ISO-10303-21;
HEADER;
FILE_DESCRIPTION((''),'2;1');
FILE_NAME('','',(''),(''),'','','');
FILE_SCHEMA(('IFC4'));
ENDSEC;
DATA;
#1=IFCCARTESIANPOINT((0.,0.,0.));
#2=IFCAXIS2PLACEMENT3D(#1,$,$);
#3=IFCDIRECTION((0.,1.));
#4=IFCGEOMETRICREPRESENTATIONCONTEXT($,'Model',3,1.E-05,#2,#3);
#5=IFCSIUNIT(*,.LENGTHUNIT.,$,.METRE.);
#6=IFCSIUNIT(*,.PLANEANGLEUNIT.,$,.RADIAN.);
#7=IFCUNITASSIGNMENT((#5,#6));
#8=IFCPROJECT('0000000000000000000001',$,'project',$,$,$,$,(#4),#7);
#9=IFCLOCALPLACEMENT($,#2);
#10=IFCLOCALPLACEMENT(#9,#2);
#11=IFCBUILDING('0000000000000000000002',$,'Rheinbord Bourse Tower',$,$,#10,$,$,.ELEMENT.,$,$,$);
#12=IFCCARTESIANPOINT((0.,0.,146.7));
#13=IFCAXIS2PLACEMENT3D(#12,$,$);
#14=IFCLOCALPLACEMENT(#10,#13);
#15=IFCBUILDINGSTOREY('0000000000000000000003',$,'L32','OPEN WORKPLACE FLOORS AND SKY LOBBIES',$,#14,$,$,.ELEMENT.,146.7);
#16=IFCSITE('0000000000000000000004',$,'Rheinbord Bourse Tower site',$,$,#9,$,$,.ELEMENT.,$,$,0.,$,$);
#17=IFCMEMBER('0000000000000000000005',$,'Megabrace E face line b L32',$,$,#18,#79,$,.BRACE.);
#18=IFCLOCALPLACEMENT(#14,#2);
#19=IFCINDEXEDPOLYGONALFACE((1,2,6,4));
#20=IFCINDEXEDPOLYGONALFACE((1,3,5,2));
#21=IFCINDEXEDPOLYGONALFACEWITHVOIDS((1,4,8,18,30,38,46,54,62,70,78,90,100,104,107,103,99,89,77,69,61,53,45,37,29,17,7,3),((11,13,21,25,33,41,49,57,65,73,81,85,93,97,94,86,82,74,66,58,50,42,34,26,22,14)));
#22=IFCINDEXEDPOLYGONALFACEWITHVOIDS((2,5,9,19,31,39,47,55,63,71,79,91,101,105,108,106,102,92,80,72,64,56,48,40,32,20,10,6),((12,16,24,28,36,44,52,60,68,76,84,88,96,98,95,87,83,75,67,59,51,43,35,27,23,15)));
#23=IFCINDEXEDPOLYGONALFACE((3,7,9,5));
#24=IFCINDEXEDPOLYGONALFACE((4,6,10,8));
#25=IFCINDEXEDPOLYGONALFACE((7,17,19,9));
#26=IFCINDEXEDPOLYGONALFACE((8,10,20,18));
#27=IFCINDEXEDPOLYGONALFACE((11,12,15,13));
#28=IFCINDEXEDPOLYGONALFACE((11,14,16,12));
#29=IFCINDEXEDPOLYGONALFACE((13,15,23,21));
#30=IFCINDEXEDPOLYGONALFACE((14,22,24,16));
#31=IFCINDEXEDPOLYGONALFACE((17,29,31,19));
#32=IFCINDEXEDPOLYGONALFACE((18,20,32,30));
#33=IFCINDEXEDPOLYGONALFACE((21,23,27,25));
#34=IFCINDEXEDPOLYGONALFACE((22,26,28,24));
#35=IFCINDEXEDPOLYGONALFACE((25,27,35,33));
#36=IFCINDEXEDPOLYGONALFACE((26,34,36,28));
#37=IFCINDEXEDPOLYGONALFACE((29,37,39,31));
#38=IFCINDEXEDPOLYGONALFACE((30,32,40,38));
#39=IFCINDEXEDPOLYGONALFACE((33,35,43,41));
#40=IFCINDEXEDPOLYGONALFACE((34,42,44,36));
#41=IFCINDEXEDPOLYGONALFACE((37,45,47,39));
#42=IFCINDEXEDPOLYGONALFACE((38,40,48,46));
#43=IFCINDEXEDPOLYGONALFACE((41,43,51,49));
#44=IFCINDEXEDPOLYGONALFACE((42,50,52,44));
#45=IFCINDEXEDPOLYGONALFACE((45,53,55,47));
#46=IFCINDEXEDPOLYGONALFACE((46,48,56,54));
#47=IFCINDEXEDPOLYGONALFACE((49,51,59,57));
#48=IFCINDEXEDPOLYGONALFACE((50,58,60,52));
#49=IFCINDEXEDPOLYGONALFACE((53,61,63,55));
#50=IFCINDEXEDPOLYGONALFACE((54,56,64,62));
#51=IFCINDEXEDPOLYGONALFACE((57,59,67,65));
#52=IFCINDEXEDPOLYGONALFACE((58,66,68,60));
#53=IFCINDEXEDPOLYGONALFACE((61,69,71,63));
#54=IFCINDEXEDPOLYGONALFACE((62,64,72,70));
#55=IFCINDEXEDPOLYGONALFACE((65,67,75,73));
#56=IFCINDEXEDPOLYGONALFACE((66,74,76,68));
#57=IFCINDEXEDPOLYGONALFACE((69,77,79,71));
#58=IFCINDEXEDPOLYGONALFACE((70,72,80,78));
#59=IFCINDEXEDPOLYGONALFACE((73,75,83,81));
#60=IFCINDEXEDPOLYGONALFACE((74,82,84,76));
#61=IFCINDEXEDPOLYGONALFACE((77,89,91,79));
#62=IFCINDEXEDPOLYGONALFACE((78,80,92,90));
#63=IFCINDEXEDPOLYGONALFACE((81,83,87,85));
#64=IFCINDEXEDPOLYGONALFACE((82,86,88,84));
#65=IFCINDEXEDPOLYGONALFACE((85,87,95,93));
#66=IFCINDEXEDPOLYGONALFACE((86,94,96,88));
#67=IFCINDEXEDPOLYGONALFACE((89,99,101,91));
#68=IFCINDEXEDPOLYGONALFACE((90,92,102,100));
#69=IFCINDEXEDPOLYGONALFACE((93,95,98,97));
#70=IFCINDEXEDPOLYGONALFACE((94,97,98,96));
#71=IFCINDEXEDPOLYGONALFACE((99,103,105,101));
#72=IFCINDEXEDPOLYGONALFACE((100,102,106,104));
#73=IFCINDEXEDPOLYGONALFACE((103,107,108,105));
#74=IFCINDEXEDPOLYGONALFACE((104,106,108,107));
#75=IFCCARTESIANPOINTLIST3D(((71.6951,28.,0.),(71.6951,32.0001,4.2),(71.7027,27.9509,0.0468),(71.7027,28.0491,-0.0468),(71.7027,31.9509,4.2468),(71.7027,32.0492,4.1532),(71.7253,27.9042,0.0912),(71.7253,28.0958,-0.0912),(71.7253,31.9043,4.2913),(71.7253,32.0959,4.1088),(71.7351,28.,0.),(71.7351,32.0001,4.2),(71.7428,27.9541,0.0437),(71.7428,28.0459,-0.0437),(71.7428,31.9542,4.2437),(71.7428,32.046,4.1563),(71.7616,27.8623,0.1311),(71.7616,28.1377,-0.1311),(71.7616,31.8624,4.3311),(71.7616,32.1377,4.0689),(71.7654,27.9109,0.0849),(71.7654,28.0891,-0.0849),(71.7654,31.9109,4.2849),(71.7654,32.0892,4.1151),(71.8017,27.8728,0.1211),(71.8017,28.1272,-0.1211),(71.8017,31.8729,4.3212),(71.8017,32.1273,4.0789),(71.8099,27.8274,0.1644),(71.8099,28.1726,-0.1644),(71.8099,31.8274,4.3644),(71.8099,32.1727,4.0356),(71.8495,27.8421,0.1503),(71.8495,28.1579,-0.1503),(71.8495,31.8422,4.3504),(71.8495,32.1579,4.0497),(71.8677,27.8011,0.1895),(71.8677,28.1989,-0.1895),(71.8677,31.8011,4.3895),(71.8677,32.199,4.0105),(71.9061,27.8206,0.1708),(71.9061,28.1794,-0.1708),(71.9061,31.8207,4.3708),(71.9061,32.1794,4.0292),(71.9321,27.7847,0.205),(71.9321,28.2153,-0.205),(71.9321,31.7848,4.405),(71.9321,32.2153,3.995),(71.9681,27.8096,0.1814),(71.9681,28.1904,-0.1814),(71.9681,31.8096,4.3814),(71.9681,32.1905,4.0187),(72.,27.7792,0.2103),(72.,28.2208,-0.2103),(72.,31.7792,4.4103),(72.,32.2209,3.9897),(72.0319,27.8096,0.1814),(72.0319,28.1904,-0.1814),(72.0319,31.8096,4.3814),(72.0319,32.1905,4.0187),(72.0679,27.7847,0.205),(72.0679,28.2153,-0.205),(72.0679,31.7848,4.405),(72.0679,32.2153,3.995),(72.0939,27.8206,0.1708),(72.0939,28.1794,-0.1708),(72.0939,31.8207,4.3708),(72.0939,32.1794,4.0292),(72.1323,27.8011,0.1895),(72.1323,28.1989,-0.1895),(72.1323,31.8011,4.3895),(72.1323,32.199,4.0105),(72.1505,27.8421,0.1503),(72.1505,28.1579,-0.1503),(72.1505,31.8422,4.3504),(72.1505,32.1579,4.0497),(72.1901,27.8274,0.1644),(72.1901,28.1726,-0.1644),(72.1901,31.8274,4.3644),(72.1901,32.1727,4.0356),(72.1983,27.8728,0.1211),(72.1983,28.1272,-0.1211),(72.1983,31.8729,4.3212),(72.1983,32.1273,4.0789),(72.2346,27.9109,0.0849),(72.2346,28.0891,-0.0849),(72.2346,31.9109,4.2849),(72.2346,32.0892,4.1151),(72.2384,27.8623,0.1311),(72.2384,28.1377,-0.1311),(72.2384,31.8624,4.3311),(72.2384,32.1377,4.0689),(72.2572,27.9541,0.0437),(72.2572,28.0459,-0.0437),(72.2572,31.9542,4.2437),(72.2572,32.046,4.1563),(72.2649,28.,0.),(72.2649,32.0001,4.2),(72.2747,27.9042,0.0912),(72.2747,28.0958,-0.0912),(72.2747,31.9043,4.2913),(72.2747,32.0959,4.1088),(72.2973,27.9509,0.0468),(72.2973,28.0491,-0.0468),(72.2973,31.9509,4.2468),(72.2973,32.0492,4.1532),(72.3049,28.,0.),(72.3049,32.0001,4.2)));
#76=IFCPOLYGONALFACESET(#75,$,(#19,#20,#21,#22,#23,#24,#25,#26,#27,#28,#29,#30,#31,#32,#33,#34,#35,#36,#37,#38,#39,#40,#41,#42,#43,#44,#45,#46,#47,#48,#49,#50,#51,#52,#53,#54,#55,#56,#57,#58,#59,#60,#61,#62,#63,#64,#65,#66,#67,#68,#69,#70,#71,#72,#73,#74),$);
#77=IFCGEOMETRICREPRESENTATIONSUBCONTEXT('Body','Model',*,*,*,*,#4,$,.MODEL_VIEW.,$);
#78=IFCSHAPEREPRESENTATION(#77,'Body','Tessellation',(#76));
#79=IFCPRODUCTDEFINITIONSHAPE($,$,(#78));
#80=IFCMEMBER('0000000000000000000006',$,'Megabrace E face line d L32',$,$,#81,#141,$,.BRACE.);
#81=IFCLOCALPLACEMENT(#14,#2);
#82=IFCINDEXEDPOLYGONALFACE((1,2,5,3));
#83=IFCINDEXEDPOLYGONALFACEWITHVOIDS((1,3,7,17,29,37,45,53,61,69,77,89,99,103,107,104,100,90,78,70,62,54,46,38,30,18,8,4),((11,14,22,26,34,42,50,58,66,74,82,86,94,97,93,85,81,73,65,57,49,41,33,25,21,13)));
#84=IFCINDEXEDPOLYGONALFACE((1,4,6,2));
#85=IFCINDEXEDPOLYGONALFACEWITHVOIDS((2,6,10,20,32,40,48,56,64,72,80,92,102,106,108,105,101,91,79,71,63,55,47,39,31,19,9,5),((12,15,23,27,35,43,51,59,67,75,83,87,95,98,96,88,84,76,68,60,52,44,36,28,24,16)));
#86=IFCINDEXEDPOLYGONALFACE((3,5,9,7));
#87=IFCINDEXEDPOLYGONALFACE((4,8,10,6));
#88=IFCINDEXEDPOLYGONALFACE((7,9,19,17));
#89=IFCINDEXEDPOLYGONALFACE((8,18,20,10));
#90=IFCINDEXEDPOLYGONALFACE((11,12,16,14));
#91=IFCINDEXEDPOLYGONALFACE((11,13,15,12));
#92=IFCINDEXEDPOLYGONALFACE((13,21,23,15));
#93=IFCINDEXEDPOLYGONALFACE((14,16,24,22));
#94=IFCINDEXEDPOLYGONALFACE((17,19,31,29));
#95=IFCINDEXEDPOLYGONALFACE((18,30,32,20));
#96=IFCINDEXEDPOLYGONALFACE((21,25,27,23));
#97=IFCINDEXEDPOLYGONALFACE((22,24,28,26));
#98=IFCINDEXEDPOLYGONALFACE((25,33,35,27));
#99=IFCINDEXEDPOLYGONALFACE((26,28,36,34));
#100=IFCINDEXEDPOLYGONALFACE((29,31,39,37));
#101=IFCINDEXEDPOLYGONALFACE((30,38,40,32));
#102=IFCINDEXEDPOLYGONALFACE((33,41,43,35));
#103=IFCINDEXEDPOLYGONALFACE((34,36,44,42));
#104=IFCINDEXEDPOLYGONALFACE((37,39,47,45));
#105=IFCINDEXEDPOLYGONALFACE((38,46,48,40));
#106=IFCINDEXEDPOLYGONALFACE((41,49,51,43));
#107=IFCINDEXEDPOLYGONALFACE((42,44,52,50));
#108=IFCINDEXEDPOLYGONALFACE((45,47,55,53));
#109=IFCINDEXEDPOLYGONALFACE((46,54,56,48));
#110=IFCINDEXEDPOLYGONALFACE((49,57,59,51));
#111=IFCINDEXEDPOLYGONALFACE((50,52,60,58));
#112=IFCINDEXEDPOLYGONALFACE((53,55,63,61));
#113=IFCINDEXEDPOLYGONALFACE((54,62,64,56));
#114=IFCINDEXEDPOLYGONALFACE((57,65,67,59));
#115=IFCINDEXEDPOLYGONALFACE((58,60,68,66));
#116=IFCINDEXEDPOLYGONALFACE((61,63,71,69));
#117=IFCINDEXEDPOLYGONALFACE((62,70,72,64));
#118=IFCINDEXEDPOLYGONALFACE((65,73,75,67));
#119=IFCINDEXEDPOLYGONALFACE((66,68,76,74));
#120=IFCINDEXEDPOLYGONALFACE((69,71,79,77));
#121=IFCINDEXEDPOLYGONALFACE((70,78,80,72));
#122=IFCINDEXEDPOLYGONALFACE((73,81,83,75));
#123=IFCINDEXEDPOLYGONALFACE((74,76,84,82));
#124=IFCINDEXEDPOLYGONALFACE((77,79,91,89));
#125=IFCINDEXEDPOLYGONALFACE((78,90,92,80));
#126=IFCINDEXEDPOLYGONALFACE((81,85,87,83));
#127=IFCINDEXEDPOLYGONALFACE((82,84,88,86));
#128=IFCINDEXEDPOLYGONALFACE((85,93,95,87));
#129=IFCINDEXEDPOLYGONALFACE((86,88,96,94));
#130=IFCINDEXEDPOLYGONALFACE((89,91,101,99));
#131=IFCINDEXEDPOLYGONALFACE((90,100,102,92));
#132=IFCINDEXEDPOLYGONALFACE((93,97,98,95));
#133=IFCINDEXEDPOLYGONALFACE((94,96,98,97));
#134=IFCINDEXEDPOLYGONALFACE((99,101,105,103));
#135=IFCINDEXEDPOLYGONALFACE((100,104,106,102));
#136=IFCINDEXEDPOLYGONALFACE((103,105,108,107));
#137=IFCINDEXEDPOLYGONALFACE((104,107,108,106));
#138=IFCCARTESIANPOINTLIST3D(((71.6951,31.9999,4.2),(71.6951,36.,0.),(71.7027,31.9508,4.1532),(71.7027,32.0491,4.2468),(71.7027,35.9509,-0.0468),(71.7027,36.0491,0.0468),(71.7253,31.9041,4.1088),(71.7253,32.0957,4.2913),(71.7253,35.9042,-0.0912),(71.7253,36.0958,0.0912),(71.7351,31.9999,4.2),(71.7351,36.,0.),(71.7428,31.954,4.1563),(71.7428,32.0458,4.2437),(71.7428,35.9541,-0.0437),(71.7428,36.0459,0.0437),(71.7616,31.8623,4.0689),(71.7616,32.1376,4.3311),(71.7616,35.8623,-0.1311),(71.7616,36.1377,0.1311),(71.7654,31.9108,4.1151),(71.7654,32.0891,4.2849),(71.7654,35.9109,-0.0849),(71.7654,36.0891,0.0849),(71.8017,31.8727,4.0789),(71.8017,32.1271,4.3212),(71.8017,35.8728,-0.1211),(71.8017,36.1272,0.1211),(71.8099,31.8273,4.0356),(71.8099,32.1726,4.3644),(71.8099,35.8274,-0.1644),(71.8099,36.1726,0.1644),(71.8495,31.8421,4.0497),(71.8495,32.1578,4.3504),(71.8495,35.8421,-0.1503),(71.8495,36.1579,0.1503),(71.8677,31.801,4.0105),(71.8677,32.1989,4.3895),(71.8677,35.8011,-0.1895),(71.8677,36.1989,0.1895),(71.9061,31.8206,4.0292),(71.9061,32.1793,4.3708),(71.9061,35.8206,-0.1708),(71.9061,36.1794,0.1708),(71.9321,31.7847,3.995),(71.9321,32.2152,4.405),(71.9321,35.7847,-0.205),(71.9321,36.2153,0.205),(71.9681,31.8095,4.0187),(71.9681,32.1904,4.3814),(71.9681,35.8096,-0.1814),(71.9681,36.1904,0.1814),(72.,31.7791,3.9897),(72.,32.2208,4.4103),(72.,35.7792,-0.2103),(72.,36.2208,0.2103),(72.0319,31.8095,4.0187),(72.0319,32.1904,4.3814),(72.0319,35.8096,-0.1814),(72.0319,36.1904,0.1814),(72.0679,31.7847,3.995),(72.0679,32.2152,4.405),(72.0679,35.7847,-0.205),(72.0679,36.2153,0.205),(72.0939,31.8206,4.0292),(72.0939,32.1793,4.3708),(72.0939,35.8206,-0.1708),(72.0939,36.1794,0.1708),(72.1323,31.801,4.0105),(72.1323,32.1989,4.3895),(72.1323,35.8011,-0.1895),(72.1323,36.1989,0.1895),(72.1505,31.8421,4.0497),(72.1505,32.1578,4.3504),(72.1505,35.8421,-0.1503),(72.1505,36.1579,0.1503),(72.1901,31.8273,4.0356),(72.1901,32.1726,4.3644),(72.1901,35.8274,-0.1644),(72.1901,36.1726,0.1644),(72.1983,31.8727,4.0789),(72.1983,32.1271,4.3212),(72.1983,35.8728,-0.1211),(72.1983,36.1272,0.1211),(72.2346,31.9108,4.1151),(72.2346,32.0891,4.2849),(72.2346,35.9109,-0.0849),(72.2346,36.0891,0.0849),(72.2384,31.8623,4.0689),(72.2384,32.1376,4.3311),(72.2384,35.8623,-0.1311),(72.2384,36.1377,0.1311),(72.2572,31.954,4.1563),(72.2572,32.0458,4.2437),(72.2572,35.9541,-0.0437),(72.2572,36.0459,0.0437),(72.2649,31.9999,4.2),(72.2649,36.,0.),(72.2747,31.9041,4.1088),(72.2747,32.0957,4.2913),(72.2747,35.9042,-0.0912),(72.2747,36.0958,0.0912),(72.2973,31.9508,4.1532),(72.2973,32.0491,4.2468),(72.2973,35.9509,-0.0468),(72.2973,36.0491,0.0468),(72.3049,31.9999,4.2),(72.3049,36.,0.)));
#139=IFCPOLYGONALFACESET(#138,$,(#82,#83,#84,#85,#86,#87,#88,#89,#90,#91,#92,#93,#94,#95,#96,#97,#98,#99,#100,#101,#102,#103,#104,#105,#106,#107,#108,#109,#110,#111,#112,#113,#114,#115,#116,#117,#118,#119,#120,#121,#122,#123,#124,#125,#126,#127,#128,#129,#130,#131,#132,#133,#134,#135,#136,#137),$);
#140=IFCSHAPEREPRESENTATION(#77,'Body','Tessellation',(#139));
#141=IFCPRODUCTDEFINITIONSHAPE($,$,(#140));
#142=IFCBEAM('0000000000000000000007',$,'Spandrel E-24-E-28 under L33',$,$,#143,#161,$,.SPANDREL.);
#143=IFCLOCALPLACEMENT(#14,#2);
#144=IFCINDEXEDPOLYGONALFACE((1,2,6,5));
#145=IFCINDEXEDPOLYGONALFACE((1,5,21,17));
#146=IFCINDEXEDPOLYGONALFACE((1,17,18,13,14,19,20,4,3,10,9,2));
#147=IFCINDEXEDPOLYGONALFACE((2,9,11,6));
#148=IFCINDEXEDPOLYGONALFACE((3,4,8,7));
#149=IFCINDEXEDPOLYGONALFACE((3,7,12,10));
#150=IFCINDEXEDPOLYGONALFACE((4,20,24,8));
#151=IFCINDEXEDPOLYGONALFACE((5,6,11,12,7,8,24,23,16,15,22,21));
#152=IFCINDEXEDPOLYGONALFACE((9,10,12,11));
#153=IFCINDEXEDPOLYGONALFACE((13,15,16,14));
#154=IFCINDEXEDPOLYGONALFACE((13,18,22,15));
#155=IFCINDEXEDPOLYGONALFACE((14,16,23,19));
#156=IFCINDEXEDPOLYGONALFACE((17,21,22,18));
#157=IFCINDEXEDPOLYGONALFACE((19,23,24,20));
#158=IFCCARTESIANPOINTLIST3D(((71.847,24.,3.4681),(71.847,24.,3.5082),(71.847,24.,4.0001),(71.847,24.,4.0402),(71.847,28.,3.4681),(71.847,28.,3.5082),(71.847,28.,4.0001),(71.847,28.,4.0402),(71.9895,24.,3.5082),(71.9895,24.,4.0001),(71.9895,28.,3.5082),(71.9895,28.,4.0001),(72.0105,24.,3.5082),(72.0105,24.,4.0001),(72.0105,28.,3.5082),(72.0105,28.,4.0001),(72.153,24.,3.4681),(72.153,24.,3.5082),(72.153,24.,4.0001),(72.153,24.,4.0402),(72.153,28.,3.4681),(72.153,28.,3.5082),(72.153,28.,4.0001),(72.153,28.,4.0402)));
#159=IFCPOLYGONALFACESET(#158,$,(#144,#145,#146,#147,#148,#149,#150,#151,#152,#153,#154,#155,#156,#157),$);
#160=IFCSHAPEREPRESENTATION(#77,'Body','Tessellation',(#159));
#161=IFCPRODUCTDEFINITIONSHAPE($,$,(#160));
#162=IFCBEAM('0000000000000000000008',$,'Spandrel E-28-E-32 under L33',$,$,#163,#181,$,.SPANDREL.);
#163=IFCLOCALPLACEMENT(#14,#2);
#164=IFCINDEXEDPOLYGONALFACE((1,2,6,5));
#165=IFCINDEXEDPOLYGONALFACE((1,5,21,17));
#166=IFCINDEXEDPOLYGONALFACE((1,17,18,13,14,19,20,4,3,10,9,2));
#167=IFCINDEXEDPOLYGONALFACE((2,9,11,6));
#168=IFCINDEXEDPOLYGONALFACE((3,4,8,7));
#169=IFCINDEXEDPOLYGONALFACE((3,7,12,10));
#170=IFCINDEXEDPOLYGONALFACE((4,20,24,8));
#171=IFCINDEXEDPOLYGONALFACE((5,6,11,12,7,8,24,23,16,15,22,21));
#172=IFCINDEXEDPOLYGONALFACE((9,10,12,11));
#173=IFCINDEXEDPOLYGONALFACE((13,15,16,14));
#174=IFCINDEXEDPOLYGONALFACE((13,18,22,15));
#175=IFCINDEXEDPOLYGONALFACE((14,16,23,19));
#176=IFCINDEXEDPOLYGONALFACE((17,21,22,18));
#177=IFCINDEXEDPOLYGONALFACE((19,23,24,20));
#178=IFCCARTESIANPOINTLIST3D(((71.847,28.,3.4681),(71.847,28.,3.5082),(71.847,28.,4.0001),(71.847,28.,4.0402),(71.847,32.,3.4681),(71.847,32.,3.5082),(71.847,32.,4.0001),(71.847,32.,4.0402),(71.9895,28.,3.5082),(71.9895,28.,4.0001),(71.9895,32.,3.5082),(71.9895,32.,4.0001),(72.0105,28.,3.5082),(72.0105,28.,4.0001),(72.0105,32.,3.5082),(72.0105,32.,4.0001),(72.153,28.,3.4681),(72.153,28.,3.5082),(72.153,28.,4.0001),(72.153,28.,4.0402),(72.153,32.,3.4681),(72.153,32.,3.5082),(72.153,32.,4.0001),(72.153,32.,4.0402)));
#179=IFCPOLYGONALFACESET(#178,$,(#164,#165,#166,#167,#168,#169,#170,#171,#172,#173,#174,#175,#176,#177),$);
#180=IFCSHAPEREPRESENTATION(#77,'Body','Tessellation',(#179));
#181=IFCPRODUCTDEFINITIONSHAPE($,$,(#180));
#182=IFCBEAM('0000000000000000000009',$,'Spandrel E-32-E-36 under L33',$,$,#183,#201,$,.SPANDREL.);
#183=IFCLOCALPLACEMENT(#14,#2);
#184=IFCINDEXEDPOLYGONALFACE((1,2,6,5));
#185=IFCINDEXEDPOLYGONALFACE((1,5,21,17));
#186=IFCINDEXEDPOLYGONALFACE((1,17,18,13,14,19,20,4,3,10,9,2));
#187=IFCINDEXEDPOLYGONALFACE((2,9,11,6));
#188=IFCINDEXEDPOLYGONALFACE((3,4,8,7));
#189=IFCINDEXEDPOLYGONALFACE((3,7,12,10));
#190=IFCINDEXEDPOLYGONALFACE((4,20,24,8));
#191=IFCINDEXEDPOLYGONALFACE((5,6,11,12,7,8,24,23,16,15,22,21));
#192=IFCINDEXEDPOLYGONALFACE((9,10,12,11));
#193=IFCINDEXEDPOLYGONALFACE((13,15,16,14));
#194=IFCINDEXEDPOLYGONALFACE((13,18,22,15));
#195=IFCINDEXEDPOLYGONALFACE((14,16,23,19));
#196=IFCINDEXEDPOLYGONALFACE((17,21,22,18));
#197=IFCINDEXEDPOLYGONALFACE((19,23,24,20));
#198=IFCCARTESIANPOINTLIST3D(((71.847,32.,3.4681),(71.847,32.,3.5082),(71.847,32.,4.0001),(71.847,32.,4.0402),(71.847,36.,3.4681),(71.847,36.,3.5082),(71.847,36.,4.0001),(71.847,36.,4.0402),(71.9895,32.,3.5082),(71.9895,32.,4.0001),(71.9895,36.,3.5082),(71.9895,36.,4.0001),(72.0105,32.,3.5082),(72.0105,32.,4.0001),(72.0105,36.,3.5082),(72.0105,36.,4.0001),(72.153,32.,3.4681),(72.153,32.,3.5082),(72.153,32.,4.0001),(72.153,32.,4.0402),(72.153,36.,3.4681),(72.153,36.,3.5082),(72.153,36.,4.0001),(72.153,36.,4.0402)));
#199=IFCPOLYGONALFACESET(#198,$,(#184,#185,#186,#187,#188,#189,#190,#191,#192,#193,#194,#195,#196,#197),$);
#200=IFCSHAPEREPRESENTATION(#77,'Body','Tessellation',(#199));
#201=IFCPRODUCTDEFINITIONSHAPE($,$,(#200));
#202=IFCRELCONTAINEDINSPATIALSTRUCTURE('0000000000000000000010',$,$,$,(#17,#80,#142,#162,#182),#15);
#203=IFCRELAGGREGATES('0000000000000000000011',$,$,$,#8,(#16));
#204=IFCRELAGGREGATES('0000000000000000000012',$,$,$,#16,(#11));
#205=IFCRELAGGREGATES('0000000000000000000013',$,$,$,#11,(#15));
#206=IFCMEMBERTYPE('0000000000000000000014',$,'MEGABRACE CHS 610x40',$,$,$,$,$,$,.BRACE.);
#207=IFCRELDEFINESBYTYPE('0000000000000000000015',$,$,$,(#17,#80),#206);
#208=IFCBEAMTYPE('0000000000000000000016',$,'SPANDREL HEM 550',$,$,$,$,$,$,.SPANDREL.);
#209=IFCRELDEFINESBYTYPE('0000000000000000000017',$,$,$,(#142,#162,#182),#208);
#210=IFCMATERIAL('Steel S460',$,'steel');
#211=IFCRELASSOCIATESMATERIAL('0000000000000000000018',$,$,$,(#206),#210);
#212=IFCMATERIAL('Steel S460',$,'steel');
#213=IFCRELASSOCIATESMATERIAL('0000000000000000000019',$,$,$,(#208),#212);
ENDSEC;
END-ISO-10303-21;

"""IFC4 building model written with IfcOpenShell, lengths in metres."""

from ifc_helpers import new_model, si_unit, direction, frame, origin, origin_2d, place, context, subcontext, project, spatial, hollow_circle, i_section, extrude, material, material_profile, profile_set, type_object, element, save


model = new_model("IFC4")

# Units and contexts
model_context = context("Model", 3, precision=1e-05, world=origin(), true_north=direction((0.0, 1.0)))
body_context = subcontext(model_context, "Body", "Model", "MODEL_VIEW")
ifc_project = project(units=[si_unit("LENGTHUNIT", "METRE"), si_unit("PLANEANGLEUNIT", "RADIAN")], contexts=[model_context])

# Site, building, storey
site_placement = place(None, origin())
site = spatial("IfcSite", under=ifc_project, at=site_placement, Name="Rheinbord Bourse Tower site", CompositionType="ELEMENT", RefElevation=0.0)
building_placement = place(site_placement, origin())
building = spatial("IfcBuilding", under=site, at=building_placement, Name="Rheinbord Bourse Tower", CompositionType="ELEMENT")
storey_placement = place(building_placement, frame((0.0, 0.0, 146.7)))
storey = spatial("IfcBuildingStorey", under=building, at=storey_placement, Name="L32", Description="OPEN WORKPLACE FLOORS AND SKY LOBBIES", CompositionType="ELEMENT", Elevation=146.7)

# Members
ifc_material_1 = material(Name="Steel S460", Category="steel")
ifc_material_profile_1 = material_profile(ifc_material_1, hollow_circle(Radius=0.3049, WallThickness=0.04, at=origin_2d()), Name="CHS 610x40")
ifc_profile_set_1 = profile_set([ifc_material_profile_1], Name="Steel S460")
member_type_1 = type_object("IfcMemberType", Name="MEGABRACE CHS 610x40", PredefinedType="BRACE", material=ifc_profile_set_1)
for number, where, z_axis, x_axis, name in (
    (1, (72.0, 28.0, 0.0), (0.0, 0.689659, 0.724134), (-1.0, 0.0, 0.0), "Megabrace E face line b L32"),
    (2, (72.0, 36.0, 0.0), (0.0, -0.689659, 0.724134), (1.0, 0.0, 0.0), "Megabrace E face line d L32"),
):
    element("IfcMember", number, at=place(storey_placement, frame(where, z_axis=z_axis, x_axis=x_axis)), inside=storey, type_object=member_type_1, Name=name, PredefinedType="BRACE", context=body_context, shape_type="SweptSolid", body=[
        extrude(hollow_circle(Radius=0.3049, WallThickness=0.04, at=origin_2d()), origin(), (0.0, 0.0, 1.0), 5.8),
    ])

# Beams
ifc_material_2 = material(Name="Steel S460", Category="steel")
ifc_material_profile_2 = material_profile(ifc_material_2, i_section(OverallWidth=0.3059, OverallDepth=0.572, WebThickness=0.021, FlangeThickness=0.04, at=origin_2d()), Name="HEM 550")
ifc_profile_set_2 = profile_set([ifc_material_profile_2], Name="Steel S460")
beam_type_1 = type_object("IfcBeamType", Name="SPANDREL HEM 550", PredefinedType="SPANDREL", material=ifc_profile_set_2)
for number, where, z_axis, x_axis, name in (
    (3, (72.0, 24.0, 3.7542), (0.0, 1.0, 0.0), (-1.0, 0.0, 0.0), "Spandrel E-24-E-28 under L33"),
    (4, (72.0, 28.0, 3.7542), (0.0, 1.0, 0.0), (-1.0, 0.0, 0.0), "Spandrel E-28-E-32 under L33"),
    (5, (72.0, 32.0, 3.7542), (0.0, 1.0, 0.0), (-1.0, 0.0, 0.0), "Spandrel E-32-E-36 under L33"),
):
    element("IfcBeam", number, at=place(storey_placement, frame(where, z_axis=z_axis, x_axis=x_axis)), inside=storey, type_object=beam_type_1, Name=name, PredefinedType="SPANDREL", context=body_context, shape_type="SweptSolid", body=[
        extrude(i_section(OverallWidth=0.3059, OverallDepth=0.572, WebThickness=0.021, FlangeThickness=0.04, at=origin_2d()), origin(), (0.0, 0.0, 1.0), 4.0),
    ])

save(model, "model.ifc")
